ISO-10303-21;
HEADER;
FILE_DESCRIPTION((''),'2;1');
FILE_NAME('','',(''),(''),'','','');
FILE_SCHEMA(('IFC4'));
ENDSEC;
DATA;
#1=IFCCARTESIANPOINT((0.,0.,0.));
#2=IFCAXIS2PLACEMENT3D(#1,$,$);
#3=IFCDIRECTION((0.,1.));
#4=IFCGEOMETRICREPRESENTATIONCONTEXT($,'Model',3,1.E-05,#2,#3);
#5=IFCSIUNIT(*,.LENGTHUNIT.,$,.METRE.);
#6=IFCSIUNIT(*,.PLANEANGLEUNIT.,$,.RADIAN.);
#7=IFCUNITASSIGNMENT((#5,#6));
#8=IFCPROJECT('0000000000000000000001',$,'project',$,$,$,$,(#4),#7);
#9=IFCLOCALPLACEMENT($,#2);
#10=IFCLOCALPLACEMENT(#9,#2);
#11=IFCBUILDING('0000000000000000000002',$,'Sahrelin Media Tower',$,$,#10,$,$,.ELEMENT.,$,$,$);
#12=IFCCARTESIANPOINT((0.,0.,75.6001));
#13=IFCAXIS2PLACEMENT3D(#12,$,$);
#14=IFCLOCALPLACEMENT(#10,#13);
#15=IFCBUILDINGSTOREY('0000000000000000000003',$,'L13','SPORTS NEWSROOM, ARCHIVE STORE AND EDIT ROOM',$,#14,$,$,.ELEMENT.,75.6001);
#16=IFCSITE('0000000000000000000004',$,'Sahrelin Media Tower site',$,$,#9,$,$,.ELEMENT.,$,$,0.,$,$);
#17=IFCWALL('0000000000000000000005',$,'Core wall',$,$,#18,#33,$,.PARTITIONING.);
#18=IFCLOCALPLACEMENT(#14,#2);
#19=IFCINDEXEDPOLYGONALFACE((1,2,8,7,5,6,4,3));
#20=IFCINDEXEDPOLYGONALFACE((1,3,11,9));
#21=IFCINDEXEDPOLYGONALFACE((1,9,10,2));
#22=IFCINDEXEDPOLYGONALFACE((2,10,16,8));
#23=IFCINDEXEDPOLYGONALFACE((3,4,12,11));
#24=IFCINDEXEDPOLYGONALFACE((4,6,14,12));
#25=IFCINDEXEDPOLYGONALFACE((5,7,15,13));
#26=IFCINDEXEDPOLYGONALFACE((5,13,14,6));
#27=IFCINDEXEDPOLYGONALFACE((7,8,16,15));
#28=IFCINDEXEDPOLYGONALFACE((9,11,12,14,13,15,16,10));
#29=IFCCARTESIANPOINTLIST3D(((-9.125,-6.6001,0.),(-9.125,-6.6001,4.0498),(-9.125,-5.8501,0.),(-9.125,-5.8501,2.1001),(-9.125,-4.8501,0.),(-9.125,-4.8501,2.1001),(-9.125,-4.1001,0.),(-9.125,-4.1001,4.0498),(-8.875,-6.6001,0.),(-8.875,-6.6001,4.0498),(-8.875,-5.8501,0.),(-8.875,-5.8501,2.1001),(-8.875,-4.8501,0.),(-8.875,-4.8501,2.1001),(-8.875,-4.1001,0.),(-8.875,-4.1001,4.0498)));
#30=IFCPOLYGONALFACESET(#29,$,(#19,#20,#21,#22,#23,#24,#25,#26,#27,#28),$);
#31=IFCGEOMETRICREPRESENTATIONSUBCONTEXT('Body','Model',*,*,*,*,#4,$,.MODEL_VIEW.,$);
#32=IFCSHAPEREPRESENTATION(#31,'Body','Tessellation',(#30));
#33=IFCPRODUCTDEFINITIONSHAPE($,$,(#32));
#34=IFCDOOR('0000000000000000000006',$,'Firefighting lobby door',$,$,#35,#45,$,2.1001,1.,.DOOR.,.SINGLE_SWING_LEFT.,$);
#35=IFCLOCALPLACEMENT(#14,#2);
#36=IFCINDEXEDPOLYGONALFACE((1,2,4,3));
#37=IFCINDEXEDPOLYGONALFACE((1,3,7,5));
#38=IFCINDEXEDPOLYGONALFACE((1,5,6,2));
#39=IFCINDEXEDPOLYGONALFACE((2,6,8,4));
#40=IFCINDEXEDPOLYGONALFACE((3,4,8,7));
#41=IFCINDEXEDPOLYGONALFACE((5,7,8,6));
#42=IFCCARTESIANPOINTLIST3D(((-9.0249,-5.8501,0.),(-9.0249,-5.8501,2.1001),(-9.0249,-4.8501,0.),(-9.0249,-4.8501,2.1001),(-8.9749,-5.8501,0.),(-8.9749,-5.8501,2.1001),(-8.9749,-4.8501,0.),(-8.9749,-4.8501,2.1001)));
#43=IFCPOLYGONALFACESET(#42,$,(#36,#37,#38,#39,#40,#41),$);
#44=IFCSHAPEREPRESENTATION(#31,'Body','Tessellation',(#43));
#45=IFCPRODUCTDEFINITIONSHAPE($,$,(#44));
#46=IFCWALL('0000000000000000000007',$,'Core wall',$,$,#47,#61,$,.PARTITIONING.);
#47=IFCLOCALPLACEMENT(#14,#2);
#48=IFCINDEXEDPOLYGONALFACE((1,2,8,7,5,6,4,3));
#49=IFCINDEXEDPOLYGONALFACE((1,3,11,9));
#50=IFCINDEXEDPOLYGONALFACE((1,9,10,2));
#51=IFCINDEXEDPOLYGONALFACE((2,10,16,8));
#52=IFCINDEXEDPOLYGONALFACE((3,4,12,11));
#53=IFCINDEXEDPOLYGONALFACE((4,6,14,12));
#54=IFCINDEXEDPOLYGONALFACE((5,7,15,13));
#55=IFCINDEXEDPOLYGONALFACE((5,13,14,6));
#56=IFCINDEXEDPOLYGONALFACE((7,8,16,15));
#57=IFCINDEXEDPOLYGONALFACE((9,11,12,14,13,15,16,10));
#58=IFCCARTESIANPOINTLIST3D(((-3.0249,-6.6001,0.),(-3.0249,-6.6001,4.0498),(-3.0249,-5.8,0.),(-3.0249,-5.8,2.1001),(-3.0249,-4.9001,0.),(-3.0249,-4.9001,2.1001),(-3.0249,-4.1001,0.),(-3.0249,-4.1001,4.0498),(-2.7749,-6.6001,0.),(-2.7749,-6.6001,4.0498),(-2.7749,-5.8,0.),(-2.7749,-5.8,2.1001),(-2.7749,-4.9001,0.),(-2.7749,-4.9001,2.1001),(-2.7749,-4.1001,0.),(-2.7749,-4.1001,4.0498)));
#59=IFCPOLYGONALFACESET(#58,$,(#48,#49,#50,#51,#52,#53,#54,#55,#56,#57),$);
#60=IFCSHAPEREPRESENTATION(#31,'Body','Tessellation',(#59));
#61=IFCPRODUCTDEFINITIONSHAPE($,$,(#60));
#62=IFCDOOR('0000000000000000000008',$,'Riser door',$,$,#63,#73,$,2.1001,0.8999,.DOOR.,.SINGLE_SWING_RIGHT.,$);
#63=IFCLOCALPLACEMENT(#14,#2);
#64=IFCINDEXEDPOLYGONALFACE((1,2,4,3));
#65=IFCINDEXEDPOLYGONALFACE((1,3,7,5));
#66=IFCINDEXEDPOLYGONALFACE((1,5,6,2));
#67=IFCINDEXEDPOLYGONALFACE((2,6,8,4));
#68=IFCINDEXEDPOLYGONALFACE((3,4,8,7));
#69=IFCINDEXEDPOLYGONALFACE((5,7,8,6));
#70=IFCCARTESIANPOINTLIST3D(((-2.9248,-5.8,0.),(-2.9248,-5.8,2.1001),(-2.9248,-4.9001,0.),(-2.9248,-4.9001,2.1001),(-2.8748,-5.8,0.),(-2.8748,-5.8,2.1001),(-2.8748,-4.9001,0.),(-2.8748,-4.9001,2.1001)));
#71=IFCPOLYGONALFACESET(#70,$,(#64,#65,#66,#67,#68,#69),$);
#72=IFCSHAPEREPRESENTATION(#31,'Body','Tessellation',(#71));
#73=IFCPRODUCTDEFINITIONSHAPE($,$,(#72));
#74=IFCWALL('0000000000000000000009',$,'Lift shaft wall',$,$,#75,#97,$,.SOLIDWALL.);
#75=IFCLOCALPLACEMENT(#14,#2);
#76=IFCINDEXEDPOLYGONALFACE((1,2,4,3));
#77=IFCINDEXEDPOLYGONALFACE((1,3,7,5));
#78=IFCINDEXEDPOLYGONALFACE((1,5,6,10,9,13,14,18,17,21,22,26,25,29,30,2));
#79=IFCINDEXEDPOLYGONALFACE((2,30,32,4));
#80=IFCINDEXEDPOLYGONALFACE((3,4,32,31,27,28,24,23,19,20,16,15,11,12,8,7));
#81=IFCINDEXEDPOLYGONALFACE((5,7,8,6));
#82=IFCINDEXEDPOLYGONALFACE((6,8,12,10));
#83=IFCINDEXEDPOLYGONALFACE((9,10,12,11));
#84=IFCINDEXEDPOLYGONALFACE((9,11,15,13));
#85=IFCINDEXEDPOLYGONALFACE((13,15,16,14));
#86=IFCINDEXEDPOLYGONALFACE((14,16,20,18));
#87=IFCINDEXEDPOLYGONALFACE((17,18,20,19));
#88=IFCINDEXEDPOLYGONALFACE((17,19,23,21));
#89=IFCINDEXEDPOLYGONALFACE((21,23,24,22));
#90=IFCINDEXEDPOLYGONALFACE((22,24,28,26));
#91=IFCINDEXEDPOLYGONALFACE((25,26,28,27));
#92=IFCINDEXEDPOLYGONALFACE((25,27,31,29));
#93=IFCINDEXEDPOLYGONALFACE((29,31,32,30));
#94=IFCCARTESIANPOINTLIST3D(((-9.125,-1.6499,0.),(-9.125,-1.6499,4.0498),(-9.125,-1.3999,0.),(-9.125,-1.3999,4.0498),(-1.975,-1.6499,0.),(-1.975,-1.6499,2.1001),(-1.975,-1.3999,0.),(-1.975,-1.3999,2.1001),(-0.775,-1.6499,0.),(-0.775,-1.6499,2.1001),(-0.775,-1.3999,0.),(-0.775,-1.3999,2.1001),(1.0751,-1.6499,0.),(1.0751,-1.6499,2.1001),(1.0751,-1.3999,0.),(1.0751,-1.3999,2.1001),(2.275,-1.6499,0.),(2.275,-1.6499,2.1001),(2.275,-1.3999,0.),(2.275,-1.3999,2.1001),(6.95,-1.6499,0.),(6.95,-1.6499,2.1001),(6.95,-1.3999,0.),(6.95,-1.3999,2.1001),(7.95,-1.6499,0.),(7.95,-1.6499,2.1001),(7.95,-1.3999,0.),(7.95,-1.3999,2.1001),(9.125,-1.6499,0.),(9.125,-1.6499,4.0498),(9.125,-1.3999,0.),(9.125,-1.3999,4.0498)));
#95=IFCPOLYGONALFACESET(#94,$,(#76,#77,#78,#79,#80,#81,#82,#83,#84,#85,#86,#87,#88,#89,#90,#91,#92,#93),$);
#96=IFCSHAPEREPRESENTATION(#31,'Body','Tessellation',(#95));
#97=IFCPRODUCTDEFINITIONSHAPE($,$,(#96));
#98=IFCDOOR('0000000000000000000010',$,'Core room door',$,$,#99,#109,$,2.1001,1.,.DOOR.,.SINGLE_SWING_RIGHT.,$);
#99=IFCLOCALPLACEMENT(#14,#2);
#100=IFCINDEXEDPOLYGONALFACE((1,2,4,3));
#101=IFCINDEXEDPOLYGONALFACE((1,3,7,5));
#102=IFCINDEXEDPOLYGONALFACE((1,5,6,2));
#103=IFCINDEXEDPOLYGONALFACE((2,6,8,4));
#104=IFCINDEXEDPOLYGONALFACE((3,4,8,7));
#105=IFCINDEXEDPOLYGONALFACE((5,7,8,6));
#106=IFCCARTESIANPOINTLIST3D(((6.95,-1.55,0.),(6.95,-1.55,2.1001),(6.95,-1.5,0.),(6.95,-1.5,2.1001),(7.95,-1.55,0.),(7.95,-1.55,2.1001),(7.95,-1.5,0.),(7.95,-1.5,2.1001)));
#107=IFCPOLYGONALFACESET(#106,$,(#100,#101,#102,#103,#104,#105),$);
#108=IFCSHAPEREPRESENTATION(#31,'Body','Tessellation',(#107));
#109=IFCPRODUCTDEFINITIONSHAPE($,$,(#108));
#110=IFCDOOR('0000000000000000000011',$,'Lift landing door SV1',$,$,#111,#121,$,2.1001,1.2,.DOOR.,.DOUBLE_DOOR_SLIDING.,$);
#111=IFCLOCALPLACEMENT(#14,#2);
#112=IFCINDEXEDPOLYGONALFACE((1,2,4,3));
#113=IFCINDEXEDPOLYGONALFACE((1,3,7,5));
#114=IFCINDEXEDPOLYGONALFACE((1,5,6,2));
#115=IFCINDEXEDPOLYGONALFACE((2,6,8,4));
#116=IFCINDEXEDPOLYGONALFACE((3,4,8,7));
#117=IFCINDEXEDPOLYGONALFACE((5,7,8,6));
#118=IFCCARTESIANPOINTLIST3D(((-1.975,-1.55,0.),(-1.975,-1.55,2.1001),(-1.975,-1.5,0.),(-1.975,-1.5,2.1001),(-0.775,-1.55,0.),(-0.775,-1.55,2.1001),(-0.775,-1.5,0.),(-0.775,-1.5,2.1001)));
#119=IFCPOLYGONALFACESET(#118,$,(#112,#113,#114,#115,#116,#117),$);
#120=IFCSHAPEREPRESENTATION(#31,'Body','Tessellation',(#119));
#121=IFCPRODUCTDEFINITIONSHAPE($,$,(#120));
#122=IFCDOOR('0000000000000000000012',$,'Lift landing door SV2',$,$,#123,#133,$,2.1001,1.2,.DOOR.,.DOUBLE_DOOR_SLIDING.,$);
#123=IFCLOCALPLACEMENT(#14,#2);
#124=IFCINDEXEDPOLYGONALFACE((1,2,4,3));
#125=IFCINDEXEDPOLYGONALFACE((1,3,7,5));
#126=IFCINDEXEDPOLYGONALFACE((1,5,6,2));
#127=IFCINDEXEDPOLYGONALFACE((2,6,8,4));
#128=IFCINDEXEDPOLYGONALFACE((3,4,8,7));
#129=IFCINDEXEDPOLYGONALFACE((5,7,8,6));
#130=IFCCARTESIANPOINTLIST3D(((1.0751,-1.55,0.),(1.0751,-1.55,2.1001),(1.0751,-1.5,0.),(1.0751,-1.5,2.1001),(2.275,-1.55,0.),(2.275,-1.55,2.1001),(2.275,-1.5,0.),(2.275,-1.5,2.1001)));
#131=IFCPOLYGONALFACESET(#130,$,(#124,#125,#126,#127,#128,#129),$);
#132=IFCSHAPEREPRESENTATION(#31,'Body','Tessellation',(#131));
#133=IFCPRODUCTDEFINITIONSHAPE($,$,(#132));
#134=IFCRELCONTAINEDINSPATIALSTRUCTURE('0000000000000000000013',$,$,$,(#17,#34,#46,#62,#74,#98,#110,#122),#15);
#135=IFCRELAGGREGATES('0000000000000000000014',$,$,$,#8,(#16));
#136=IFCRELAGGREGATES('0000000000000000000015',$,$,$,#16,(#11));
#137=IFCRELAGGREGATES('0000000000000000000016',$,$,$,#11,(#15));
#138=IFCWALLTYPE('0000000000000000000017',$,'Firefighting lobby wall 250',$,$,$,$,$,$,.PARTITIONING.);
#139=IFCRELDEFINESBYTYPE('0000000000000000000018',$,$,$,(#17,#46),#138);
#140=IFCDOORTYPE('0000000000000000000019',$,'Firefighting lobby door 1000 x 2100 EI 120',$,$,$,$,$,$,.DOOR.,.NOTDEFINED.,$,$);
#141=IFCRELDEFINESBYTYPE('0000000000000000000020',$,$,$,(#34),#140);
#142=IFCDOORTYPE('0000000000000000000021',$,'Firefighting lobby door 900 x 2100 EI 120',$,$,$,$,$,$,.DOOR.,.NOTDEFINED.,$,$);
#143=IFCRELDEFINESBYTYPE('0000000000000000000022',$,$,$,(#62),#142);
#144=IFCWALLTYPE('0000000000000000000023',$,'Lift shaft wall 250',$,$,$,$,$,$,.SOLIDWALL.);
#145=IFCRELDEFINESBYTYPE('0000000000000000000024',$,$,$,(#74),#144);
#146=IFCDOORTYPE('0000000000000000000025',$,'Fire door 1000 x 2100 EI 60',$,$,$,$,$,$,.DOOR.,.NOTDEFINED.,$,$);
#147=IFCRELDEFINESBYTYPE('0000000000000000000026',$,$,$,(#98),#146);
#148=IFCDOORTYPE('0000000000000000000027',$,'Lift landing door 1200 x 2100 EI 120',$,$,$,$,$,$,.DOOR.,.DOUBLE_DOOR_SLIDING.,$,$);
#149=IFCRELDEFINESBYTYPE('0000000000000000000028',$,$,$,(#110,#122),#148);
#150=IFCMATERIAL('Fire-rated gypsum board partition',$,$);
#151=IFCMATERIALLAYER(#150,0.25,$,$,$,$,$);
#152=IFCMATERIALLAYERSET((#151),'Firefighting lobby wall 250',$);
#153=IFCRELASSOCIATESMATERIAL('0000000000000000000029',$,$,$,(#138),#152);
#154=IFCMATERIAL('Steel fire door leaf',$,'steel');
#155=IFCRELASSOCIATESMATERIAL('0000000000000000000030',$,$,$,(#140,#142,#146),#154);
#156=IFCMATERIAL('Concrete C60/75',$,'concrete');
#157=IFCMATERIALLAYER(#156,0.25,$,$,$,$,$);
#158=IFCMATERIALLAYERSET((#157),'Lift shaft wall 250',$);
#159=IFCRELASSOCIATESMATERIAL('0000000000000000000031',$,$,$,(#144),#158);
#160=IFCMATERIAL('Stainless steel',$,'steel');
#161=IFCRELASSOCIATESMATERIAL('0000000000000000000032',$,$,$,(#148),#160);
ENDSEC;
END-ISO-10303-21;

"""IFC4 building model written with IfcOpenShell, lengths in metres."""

from ifc_helpers import new_model, si_unit, direction, frame, frame_2d, origin, place, context, subcontext, project, spatial, rectangle, extrude, material, layer, layer_set, type_object, element, fill, save


model = new_model("IFC4")

# Units and contexts
model_context = context("Model", 3, precision=1e-05, world=origin(), true_north=direction((0.0, 1.0)))
body_context = subcontext(model_context, "Body", "Model", "MODEL_VIEW")
ifc_project = project(units=[si_unit("LENGTHUNIT", "METRE"), si_unit("PLANEANGLEUNIT", "RADIAN")], contexts=[model_context])

# Site, building, storey
site_placement = place(None, origin())
site = spatial("IfcSite", under=ifc_project, at=site_placement, Name="Sahrelin Media Tower site", CompositionType="ELEMENT", RefElevation=0.0)
building_placement = place(site_placement, origin())
building = spatial("IfcBuilding", under=site, at=building_placement, Name="Sahrelin Media Tower", CompositionType="ELEMENT")
storey_placement = place(building_placement, frame((0.0, 0.0, 75.6001)))
storey = spatial("IfcBuildingStorey", under=building, at=storey_placement, Name="L13", Description="SPORTS NEWSROOM, ARCHIVE STORE AND EDIT ROOM", CompositionType="ELEMENT", Elevation=75.6001)

# Walls, openings, doors
ifc_material_1 = material(Name="Fire-rated gypsum board partition")
ifc_layer_1 = layer(ifc_material_1, 0.25)
ifc_layer_set_1 = layer_set([ifc_layer_1], Name="Firefighting lobby wall 250")
wall_type_1 = type_object("IfcWallType", Name="Firefighting lobby wall 250", PredefinedType="PARTITIONING", material=ifc_layer_set_1)
wall_1_placement = place(storey_placement, frame((-9.0, -6.6001, 0.0), z_axis=(0.0, 0.0, 1.0), x_axis=(0.0, 1.0, 0.0)))
wall_1 = element("IfcWall", 1, at=wall_1_placement, inside=storey, type_object=wall_type_1, Name="Core wall", PredefinedType="PARTITIONING", context=body_context, shape_type="SweptSolid", body=[
    extrude(rectangle(XDim=2.5, YDim=0.25, at=frame_2d((1.25, 0.0))), origin(), (0.0, 0.0, 1.0), 4.0498),
])
opening_1_placement = place(wall_1_placement, frame((0.75, 0.0, 0.0)))
opening_1 = element("IfcOpeningElement", 2, at=opening_1_placement, cuts=wall_1, PredefinedType="OPENING", context=body_context, shape_type="SweptSolid", body=[
    extrude(rectangle(XDim=1.0, YDim=2.1001, at=frame_2d((0.5, 1.05))), frame((0.0, 0.125, 0.0), z_axis=(0.0, -1.0, 0.0), x_axis=(1.0, 0.0, 0.0)), (0.0, 0.0, 1.0), 0.25),
])
ifc_material_2 = material(Name="Steel fire door leaf", Category="steel")
door_type_1 = type_object("IfcDoorType", Name="Firefighting lobby door 1000 x 2100 EI 120", OperationType="NOTDEFINED", PredefinedType="DOOR", material=ifc_material_2)
door_1_placement = place(opening_1_placement, origin())
door_1 = element("IfcDoor", 3, at=door_1_placement, inside=storey, type_object=door_type_1, Name="Firefighting lobby door", OperationType="SINGLE_SWING_LEFT", OverallHeight=2.1001, OverallWidth=1.0, PredefinedType="DOOR", context=body_context, shape_type="SweptSolid", body=[
    extrude(rectangle(XDim=1.0, YDim=2.1001, at=frame_2d((0.5, 1.05))), frame((0.0, 0.0249, 0.0), z_axis=(0.0, -1.0, 0.0), x_axis=(1.0, 0.0, 0.0)), (0.0, 0.0, 1.0), 0.05),
])
fill(opening_1, door_1)
wall_2_placement = place(storey_placement, frame((-2.8999, -6.6001, 0.0), z_axis=(0.0, 0.0, 1.0), x_axis=(0.0, 1.0, 0.0)))
wall_2 = element("IfcWall", 4, at=wall_2_placement, inside=storey, type_object=wall_type_1, Name="Core wall", PredefinedType="PARTITIONING", context=body_context, shape_type="SweptSolid", body=[
    extrude(rectangle(XDim=2.5, YDim=0.25, at=frame_2d((1.25, 0.0))), origin(), (0.0, 0.0, 1.0), 4.0498),
])
opening_2_placement = place(wall_2_placement, frame((0.8, 0.0, 0.0)))
opening_2 = element("IfcOpeningElement", 5, at=opening_2_placement, cuts=wall_2, PredefinedType="OPENING", context=body_context, shape_type="SweptSolid", body=[
    extrude(rectangle(XDim=0.8999, YDim=2.1001, at=frame_2d((0.45, 1.05))), frame((0.0, 0.125, 0.0), z_axis=(0.0, -1.0, 0.0), x_axis=(1.0, 0.0, 0.0)), (0.0, 0.0, 1.0), 0.25),
])
door_type_2 = type_object("IfcDoorType", Name="Firefighting lobby door 900 x 2100 EI 120", OperationType="NOTDEFINED", PredefinedType="DOOR", material=ifc_material_2)
door_2_placement = place(opening_2_placement, origin())
door_2 = element("IfcDoor", 6, at=door_2_placement, inside=storey, type_object=door_type_2, Name="Riser door", OperationType="SINGLE_SWING_RIGHT", OverallHeight=2.1001, OverallWidth=0.8999, PredefinedType="DOOR", context=body_context, shape_type="SweptSolid", body=[
    extrude(rectangle(XDim=0.8999, YDim=2.1001, at=frame_2d((0.45, 1.05))), frame((0.0, 0.0249, 0.0), z_axis=(0.0, -1.0, 0.0), x_axis=(1.0, 0.0, 0.0)), (0.0, 0.0, 1.0), 0.05),
])
fill(opening_2, door_2)

# Wall, openings, doors
ifc_material_3 = material(Name="Concrete C60/75", Category="concrete")
ifc_layer_2 = layer(ifc_material_3, 0.25)
ifc_layer_set_2 = layer_set([ifc_layer_2], Name="Lift shaft wall 250")
wall_type_2 = type_object("IfcWallType", Name="Lift shaft wall 250", PredefinedType="SOLIDWALL", material=ifc_layer_set_2)
wall_3_placement = place(storey_placement, frame((-9.125, -1.5249, 0.0), z_axis=(0.0, 0.0, 1.0), x_axis=(1.0, 0.0, 0.0)))
wall_3 = element("IfcWall", 7, at=wall_3_placement, inside=storey, type_object=wall_type_2, Name="Lift shaft wall", PredefinedType="SOLIDWALL", context=body_context, shape_type="SweptSolid", body=[
    extrude(rectangle(XDim=18.25, YDim=0.25, at=frame_2d((9.125, 0.0))), origin(), (0.0, 0.0, 1.0), 4.0498),
])
opening_3_placement = place(wall_3_placement, frame((7.1499, 0.0, 0.0)))
opening_3 = element("IfcOpeningElement", 8, at=opening_3_placement, cuts=wall_3, PredefinedType="OPENING", context=body_context, shape_type="SweptSolid", body=[
    extrude(rectangle(XDim=1.2, YDim=2.1001, at=frame_2d((0.6001, 1.05))), frame((0.0, 0.125, 0.0), z_axis=(0.0, -1.0, 0.0), x_axis=(1.0, 0.0, 0.0)), (0.0, 0.0, 1.0), 0.25),
])
opening_4_placement = place(wall_3_placement, frame((10.2, 0.0, 0.0)))
opening_4 = element("IfcOpeningElement", 9, at=opening_4_placement, cuts=wall_3, PredefinedType="OPENING", context=body_context, shape_type="SweptSolid", body=[
    extrude(rectangle(XDim=1.2, YDim=2.1001, at=frame_2d((0.6001, 1.05))), frame((0.0, 0.125, 0.0), z_axis=(0.0, -1.0, 0.0), x_axis=(1.0, 0.0, 0.0)), (0.0, 0.0, 1.0), 0.25),
])
opening_5_placement = place(wall_3_placement, frame((16.075, 0.0, 0.0)))
opening_5 = element("IfcOpeningElement", 10, at=opening_5_placement, cuts=wall_3, PredefinedType="OPENING", context=body_context, shape_type="SweptSolid", body=[
    extrude(rectangle(XDim=1.0, YDim=2.1001, at=frame_2d((0.5, 1.05))), frame((0.0, 0.125, 0.0), z_axis=(0.0, -1.0, 0.0), x_axis=(1.0, 0.0, 0.0)), (0.0, 0.0, 1.0), 0.25),
])
door_type_3 = type_object("IfcDoorType", Name="Fire door 1000 x 2100 EI 60", OperationType="NOTDEFINED", PredefinedType="DOOR", material=ifc_material_2)
door_3_placement = place(opening_5_placement, origin())
door_3 = element("IfcDoor", 11, at=door_3_placement, inside=storey, type_object=door_type_3, Name="Core room door", OperationType="SINGLE_SWING_RIGHT", OverallHeight=2.1001, OverallWidth=1.0, PredefinedType="DOOR", context=body_context, shape_type="SweptSolid", body=[
    extrude(rectangle(XDim=1.0, YDim=2.1001, at=frame_2d((0.5, 1.05))), frame((0.0, 0.0249, 0.0), z_axis=(0.0, -1.0, 0.0), x_axis=(1.0, 0.0, 0.0)), (0.0, 0.0, 1.0), 0.05),
])
fill(opening_5, door_3)
ifc_material_4 = material(Name="Stainless steel", Category="steel")
door_type_4 = type_object("IfcDoorType", Name="Lift landing door 1200 x 2100 EI 120", OperationType="DOUBLE_DOOR_SLIDING", PredefinedType="DOOR", material=ifc_material_4)
door_4_placement = place(opening_3_placement, origin())
door_4 = element("IfcDoor", 12, at=door_4_placement, inside=storey, type_object=door_type_4, Name="Lift landing door SV1", OperationType="DOUBLE_DOOR_SLIDING", OverallHeight=2.1001, OverallWidth=1.2, PredefinedType="DOOR", context=body_context, shape_type="SweptSolid", body=[
    extrude(rectangle(XDim=1.2, YDim=2.1001, at=frame_2d((0.6001, 1.05))), frame((0.0, 0.0249, 0.0), z_axis=(0.0, -1.0, 0.0), x_axis=(1.0, 0.0, 0.0)), (0.0, 0.0, 1.0), 0.05),
])
fill(opening_3, door_4)
door_5_placement = place(opening_4_placement, origin())
door_5 = element("IfcDoor", 13, at=door_5_placement, inside=storey, type_object=door_type_4, Name="Lift landing door SV2", OperationType="DOUBLE_DOOR_SLIDING", OverallHeight=2.1001, OverallWidth=1.2, PredefinedType="DOOR", context=body_context, shape_type="SweptSolid", body=[
    extrude(rectangle(XDim=1.2, YDim=2.1001, at=frame_2d((0.6001, 1.05))), frame((0.0, 0.0249, 0.0), z_axis=(0.0, -1.0, 0.0), x_axis=(1.0, 0.0, 0.0)), (0.0, 0.0, 1.0), 0.05),
])
fill(opening_4, door_5)

save(model, "model.ifc")
